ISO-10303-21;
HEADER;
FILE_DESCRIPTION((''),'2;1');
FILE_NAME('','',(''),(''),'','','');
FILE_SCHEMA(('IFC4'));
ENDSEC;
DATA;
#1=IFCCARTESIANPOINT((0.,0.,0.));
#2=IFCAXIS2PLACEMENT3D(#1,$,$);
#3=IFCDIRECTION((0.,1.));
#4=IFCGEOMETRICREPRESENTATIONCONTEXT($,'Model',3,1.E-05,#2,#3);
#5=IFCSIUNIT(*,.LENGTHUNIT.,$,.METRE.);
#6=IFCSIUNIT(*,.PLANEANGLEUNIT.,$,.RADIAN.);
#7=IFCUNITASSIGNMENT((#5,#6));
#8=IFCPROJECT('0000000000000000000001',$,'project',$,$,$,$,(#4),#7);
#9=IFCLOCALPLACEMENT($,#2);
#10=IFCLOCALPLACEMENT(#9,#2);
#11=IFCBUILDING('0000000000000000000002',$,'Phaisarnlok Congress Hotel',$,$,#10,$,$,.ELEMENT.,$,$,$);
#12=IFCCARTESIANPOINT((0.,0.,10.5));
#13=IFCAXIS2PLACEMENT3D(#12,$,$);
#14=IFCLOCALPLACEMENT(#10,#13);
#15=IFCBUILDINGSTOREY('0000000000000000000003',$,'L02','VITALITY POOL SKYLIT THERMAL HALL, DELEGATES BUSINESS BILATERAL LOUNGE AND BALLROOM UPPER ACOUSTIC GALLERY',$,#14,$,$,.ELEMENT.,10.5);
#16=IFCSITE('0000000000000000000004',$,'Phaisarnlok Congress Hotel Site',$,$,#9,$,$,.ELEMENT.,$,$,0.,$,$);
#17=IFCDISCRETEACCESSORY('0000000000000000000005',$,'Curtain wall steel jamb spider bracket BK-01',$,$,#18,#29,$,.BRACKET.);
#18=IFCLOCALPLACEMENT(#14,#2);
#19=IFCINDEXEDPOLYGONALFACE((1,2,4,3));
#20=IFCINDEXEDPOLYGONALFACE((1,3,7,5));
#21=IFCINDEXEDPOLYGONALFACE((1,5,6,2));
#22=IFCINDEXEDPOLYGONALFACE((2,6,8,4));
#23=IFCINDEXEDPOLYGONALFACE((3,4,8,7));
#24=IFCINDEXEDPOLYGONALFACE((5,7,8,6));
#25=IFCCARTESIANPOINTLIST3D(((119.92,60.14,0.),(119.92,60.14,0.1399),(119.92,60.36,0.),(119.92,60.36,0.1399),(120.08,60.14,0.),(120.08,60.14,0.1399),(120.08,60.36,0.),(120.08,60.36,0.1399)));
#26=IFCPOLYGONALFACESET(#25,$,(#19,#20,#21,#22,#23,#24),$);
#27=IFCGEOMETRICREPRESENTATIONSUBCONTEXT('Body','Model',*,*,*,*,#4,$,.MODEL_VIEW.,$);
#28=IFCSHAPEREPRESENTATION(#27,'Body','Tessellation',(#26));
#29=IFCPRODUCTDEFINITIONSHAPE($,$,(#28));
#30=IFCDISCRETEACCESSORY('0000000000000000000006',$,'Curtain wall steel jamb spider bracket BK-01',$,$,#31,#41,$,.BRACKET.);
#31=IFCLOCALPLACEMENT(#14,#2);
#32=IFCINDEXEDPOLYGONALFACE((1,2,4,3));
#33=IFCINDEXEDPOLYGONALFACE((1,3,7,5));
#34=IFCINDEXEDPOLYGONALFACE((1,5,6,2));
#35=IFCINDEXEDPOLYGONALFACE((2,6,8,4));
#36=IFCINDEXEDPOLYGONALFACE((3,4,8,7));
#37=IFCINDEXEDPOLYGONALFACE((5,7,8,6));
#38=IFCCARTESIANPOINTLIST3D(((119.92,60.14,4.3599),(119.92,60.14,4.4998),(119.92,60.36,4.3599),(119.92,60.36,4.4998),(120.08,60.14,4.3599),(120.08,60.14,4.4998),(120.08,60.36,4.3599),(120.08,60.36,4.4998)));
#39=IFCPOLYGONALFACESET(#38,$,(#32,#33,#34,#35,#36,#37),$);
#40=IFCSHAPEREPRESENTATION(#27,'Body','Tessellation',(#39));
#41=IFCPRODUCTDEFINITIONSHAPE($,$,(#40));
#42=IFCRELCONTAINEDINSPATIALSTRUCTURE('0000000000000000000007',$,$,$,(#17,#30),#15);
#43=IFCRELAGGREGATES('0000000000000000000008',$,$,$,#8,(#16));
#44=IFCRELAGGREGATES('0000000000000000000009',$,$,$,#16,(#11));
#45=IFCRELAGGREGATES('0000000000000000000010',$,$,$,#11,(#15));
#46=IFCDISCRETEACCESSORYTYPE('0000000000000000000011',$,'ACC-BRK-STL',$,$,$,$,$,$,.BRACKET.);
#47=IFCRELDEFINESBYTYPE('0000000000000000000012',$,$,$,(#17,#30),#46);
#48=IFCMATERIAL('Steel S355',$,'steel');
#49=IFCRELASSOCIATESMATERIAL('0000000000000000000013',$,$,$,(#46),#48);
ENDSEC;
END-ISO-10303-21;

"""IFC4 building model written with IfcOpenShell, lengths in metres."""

from ifc_helpers import new_model, si_unit, direction, frame, origin, origin_2d, place, context, subcontext, project, spatial, rectangle, extrude, material, type_object, element, save


model = new_model("IFC4")

# Units and contexts
model_context = context("Model", 3, precision=1e-05, world=origin(), true_north=direction((0.0, 1.0)))
body_context = subcontext(model_context, "Body", "Model", "MODEL_VIEW")
ifc_project = project(units=[si_unit("LENGTHUNIT", "METRE"), si_unit("PLANEANGLEUNIT", "RADIAN")], contexts=[model_context])

# Site, building, storey
site_placement = place(None, origin())
site = spatial("IfcSite", under=ifc_project, at=site_placement, Name="Phaisarnlok Congress Hotel Site", CompositionType="ELEMENT", RefElevation=0.0)
building_placement = place(site_placement, origin())
building = spatial("IfcBuilding", under=site, at=building_placement, Name="Phaisarnlok Congress Hotel", CompositionType="ELEMENT")
storey_placement = place(building_placement, frame((0.0, 0.0, 10.5)))
storey = spatial("IfcBuildingStorey", under=building, at=storey_placement, Name="L02", Description="VITALITY POOL SKYLIT THERMAL HALL, DELEGATES BUSINESS BILATERAL LOUNGE AND BALLROOM UPPER ACOUSTIC GALLERY", CompositionType="ELEMENT", Elevation=10.5)

# Shared definitions
ifc_material_1 = material(Name="Steel S355", Category="steel")

# Discrete accessories
discrete_accessory_type = type_object("IfcDiscreteAccessoryType", Name="ACC-BRK-STL", PredefinedType="BRACKET", material=ifc_material_1)
for number, where, z_axis, x_axis, name in (
    (1, (120.0, 60.25, 0.0), (0.0, 0.0, 1.0), (1.0, 0.0, 0.0), "Curtain wall steel jamb spider bracket BK-01"),
    (2, (120.0, 60.25, 4.3599), (0.0, 0.0, 1.0), (1.0, 0.0, 0.0), "Curtain wall steel jamb spider bracket BK-01"),
):
    element("IfcDiscreteAccessory", number, at=place(storey_placement, frame(where, z_axis=z_axis, x_axis=x_axis)), inside=storey, type_object=discrete_accessory_type, Name=name, PredefinedType="BRACKET", context=body_context, shape_type="SweptSolid", body=[
        extrude(rectangle(XDim=0.1599, YDim=0.22, at=origin_2d()), origin(), (0.0, 0.0, 1.0), 0.1399),
    ])

save(model, "model.ifc")
